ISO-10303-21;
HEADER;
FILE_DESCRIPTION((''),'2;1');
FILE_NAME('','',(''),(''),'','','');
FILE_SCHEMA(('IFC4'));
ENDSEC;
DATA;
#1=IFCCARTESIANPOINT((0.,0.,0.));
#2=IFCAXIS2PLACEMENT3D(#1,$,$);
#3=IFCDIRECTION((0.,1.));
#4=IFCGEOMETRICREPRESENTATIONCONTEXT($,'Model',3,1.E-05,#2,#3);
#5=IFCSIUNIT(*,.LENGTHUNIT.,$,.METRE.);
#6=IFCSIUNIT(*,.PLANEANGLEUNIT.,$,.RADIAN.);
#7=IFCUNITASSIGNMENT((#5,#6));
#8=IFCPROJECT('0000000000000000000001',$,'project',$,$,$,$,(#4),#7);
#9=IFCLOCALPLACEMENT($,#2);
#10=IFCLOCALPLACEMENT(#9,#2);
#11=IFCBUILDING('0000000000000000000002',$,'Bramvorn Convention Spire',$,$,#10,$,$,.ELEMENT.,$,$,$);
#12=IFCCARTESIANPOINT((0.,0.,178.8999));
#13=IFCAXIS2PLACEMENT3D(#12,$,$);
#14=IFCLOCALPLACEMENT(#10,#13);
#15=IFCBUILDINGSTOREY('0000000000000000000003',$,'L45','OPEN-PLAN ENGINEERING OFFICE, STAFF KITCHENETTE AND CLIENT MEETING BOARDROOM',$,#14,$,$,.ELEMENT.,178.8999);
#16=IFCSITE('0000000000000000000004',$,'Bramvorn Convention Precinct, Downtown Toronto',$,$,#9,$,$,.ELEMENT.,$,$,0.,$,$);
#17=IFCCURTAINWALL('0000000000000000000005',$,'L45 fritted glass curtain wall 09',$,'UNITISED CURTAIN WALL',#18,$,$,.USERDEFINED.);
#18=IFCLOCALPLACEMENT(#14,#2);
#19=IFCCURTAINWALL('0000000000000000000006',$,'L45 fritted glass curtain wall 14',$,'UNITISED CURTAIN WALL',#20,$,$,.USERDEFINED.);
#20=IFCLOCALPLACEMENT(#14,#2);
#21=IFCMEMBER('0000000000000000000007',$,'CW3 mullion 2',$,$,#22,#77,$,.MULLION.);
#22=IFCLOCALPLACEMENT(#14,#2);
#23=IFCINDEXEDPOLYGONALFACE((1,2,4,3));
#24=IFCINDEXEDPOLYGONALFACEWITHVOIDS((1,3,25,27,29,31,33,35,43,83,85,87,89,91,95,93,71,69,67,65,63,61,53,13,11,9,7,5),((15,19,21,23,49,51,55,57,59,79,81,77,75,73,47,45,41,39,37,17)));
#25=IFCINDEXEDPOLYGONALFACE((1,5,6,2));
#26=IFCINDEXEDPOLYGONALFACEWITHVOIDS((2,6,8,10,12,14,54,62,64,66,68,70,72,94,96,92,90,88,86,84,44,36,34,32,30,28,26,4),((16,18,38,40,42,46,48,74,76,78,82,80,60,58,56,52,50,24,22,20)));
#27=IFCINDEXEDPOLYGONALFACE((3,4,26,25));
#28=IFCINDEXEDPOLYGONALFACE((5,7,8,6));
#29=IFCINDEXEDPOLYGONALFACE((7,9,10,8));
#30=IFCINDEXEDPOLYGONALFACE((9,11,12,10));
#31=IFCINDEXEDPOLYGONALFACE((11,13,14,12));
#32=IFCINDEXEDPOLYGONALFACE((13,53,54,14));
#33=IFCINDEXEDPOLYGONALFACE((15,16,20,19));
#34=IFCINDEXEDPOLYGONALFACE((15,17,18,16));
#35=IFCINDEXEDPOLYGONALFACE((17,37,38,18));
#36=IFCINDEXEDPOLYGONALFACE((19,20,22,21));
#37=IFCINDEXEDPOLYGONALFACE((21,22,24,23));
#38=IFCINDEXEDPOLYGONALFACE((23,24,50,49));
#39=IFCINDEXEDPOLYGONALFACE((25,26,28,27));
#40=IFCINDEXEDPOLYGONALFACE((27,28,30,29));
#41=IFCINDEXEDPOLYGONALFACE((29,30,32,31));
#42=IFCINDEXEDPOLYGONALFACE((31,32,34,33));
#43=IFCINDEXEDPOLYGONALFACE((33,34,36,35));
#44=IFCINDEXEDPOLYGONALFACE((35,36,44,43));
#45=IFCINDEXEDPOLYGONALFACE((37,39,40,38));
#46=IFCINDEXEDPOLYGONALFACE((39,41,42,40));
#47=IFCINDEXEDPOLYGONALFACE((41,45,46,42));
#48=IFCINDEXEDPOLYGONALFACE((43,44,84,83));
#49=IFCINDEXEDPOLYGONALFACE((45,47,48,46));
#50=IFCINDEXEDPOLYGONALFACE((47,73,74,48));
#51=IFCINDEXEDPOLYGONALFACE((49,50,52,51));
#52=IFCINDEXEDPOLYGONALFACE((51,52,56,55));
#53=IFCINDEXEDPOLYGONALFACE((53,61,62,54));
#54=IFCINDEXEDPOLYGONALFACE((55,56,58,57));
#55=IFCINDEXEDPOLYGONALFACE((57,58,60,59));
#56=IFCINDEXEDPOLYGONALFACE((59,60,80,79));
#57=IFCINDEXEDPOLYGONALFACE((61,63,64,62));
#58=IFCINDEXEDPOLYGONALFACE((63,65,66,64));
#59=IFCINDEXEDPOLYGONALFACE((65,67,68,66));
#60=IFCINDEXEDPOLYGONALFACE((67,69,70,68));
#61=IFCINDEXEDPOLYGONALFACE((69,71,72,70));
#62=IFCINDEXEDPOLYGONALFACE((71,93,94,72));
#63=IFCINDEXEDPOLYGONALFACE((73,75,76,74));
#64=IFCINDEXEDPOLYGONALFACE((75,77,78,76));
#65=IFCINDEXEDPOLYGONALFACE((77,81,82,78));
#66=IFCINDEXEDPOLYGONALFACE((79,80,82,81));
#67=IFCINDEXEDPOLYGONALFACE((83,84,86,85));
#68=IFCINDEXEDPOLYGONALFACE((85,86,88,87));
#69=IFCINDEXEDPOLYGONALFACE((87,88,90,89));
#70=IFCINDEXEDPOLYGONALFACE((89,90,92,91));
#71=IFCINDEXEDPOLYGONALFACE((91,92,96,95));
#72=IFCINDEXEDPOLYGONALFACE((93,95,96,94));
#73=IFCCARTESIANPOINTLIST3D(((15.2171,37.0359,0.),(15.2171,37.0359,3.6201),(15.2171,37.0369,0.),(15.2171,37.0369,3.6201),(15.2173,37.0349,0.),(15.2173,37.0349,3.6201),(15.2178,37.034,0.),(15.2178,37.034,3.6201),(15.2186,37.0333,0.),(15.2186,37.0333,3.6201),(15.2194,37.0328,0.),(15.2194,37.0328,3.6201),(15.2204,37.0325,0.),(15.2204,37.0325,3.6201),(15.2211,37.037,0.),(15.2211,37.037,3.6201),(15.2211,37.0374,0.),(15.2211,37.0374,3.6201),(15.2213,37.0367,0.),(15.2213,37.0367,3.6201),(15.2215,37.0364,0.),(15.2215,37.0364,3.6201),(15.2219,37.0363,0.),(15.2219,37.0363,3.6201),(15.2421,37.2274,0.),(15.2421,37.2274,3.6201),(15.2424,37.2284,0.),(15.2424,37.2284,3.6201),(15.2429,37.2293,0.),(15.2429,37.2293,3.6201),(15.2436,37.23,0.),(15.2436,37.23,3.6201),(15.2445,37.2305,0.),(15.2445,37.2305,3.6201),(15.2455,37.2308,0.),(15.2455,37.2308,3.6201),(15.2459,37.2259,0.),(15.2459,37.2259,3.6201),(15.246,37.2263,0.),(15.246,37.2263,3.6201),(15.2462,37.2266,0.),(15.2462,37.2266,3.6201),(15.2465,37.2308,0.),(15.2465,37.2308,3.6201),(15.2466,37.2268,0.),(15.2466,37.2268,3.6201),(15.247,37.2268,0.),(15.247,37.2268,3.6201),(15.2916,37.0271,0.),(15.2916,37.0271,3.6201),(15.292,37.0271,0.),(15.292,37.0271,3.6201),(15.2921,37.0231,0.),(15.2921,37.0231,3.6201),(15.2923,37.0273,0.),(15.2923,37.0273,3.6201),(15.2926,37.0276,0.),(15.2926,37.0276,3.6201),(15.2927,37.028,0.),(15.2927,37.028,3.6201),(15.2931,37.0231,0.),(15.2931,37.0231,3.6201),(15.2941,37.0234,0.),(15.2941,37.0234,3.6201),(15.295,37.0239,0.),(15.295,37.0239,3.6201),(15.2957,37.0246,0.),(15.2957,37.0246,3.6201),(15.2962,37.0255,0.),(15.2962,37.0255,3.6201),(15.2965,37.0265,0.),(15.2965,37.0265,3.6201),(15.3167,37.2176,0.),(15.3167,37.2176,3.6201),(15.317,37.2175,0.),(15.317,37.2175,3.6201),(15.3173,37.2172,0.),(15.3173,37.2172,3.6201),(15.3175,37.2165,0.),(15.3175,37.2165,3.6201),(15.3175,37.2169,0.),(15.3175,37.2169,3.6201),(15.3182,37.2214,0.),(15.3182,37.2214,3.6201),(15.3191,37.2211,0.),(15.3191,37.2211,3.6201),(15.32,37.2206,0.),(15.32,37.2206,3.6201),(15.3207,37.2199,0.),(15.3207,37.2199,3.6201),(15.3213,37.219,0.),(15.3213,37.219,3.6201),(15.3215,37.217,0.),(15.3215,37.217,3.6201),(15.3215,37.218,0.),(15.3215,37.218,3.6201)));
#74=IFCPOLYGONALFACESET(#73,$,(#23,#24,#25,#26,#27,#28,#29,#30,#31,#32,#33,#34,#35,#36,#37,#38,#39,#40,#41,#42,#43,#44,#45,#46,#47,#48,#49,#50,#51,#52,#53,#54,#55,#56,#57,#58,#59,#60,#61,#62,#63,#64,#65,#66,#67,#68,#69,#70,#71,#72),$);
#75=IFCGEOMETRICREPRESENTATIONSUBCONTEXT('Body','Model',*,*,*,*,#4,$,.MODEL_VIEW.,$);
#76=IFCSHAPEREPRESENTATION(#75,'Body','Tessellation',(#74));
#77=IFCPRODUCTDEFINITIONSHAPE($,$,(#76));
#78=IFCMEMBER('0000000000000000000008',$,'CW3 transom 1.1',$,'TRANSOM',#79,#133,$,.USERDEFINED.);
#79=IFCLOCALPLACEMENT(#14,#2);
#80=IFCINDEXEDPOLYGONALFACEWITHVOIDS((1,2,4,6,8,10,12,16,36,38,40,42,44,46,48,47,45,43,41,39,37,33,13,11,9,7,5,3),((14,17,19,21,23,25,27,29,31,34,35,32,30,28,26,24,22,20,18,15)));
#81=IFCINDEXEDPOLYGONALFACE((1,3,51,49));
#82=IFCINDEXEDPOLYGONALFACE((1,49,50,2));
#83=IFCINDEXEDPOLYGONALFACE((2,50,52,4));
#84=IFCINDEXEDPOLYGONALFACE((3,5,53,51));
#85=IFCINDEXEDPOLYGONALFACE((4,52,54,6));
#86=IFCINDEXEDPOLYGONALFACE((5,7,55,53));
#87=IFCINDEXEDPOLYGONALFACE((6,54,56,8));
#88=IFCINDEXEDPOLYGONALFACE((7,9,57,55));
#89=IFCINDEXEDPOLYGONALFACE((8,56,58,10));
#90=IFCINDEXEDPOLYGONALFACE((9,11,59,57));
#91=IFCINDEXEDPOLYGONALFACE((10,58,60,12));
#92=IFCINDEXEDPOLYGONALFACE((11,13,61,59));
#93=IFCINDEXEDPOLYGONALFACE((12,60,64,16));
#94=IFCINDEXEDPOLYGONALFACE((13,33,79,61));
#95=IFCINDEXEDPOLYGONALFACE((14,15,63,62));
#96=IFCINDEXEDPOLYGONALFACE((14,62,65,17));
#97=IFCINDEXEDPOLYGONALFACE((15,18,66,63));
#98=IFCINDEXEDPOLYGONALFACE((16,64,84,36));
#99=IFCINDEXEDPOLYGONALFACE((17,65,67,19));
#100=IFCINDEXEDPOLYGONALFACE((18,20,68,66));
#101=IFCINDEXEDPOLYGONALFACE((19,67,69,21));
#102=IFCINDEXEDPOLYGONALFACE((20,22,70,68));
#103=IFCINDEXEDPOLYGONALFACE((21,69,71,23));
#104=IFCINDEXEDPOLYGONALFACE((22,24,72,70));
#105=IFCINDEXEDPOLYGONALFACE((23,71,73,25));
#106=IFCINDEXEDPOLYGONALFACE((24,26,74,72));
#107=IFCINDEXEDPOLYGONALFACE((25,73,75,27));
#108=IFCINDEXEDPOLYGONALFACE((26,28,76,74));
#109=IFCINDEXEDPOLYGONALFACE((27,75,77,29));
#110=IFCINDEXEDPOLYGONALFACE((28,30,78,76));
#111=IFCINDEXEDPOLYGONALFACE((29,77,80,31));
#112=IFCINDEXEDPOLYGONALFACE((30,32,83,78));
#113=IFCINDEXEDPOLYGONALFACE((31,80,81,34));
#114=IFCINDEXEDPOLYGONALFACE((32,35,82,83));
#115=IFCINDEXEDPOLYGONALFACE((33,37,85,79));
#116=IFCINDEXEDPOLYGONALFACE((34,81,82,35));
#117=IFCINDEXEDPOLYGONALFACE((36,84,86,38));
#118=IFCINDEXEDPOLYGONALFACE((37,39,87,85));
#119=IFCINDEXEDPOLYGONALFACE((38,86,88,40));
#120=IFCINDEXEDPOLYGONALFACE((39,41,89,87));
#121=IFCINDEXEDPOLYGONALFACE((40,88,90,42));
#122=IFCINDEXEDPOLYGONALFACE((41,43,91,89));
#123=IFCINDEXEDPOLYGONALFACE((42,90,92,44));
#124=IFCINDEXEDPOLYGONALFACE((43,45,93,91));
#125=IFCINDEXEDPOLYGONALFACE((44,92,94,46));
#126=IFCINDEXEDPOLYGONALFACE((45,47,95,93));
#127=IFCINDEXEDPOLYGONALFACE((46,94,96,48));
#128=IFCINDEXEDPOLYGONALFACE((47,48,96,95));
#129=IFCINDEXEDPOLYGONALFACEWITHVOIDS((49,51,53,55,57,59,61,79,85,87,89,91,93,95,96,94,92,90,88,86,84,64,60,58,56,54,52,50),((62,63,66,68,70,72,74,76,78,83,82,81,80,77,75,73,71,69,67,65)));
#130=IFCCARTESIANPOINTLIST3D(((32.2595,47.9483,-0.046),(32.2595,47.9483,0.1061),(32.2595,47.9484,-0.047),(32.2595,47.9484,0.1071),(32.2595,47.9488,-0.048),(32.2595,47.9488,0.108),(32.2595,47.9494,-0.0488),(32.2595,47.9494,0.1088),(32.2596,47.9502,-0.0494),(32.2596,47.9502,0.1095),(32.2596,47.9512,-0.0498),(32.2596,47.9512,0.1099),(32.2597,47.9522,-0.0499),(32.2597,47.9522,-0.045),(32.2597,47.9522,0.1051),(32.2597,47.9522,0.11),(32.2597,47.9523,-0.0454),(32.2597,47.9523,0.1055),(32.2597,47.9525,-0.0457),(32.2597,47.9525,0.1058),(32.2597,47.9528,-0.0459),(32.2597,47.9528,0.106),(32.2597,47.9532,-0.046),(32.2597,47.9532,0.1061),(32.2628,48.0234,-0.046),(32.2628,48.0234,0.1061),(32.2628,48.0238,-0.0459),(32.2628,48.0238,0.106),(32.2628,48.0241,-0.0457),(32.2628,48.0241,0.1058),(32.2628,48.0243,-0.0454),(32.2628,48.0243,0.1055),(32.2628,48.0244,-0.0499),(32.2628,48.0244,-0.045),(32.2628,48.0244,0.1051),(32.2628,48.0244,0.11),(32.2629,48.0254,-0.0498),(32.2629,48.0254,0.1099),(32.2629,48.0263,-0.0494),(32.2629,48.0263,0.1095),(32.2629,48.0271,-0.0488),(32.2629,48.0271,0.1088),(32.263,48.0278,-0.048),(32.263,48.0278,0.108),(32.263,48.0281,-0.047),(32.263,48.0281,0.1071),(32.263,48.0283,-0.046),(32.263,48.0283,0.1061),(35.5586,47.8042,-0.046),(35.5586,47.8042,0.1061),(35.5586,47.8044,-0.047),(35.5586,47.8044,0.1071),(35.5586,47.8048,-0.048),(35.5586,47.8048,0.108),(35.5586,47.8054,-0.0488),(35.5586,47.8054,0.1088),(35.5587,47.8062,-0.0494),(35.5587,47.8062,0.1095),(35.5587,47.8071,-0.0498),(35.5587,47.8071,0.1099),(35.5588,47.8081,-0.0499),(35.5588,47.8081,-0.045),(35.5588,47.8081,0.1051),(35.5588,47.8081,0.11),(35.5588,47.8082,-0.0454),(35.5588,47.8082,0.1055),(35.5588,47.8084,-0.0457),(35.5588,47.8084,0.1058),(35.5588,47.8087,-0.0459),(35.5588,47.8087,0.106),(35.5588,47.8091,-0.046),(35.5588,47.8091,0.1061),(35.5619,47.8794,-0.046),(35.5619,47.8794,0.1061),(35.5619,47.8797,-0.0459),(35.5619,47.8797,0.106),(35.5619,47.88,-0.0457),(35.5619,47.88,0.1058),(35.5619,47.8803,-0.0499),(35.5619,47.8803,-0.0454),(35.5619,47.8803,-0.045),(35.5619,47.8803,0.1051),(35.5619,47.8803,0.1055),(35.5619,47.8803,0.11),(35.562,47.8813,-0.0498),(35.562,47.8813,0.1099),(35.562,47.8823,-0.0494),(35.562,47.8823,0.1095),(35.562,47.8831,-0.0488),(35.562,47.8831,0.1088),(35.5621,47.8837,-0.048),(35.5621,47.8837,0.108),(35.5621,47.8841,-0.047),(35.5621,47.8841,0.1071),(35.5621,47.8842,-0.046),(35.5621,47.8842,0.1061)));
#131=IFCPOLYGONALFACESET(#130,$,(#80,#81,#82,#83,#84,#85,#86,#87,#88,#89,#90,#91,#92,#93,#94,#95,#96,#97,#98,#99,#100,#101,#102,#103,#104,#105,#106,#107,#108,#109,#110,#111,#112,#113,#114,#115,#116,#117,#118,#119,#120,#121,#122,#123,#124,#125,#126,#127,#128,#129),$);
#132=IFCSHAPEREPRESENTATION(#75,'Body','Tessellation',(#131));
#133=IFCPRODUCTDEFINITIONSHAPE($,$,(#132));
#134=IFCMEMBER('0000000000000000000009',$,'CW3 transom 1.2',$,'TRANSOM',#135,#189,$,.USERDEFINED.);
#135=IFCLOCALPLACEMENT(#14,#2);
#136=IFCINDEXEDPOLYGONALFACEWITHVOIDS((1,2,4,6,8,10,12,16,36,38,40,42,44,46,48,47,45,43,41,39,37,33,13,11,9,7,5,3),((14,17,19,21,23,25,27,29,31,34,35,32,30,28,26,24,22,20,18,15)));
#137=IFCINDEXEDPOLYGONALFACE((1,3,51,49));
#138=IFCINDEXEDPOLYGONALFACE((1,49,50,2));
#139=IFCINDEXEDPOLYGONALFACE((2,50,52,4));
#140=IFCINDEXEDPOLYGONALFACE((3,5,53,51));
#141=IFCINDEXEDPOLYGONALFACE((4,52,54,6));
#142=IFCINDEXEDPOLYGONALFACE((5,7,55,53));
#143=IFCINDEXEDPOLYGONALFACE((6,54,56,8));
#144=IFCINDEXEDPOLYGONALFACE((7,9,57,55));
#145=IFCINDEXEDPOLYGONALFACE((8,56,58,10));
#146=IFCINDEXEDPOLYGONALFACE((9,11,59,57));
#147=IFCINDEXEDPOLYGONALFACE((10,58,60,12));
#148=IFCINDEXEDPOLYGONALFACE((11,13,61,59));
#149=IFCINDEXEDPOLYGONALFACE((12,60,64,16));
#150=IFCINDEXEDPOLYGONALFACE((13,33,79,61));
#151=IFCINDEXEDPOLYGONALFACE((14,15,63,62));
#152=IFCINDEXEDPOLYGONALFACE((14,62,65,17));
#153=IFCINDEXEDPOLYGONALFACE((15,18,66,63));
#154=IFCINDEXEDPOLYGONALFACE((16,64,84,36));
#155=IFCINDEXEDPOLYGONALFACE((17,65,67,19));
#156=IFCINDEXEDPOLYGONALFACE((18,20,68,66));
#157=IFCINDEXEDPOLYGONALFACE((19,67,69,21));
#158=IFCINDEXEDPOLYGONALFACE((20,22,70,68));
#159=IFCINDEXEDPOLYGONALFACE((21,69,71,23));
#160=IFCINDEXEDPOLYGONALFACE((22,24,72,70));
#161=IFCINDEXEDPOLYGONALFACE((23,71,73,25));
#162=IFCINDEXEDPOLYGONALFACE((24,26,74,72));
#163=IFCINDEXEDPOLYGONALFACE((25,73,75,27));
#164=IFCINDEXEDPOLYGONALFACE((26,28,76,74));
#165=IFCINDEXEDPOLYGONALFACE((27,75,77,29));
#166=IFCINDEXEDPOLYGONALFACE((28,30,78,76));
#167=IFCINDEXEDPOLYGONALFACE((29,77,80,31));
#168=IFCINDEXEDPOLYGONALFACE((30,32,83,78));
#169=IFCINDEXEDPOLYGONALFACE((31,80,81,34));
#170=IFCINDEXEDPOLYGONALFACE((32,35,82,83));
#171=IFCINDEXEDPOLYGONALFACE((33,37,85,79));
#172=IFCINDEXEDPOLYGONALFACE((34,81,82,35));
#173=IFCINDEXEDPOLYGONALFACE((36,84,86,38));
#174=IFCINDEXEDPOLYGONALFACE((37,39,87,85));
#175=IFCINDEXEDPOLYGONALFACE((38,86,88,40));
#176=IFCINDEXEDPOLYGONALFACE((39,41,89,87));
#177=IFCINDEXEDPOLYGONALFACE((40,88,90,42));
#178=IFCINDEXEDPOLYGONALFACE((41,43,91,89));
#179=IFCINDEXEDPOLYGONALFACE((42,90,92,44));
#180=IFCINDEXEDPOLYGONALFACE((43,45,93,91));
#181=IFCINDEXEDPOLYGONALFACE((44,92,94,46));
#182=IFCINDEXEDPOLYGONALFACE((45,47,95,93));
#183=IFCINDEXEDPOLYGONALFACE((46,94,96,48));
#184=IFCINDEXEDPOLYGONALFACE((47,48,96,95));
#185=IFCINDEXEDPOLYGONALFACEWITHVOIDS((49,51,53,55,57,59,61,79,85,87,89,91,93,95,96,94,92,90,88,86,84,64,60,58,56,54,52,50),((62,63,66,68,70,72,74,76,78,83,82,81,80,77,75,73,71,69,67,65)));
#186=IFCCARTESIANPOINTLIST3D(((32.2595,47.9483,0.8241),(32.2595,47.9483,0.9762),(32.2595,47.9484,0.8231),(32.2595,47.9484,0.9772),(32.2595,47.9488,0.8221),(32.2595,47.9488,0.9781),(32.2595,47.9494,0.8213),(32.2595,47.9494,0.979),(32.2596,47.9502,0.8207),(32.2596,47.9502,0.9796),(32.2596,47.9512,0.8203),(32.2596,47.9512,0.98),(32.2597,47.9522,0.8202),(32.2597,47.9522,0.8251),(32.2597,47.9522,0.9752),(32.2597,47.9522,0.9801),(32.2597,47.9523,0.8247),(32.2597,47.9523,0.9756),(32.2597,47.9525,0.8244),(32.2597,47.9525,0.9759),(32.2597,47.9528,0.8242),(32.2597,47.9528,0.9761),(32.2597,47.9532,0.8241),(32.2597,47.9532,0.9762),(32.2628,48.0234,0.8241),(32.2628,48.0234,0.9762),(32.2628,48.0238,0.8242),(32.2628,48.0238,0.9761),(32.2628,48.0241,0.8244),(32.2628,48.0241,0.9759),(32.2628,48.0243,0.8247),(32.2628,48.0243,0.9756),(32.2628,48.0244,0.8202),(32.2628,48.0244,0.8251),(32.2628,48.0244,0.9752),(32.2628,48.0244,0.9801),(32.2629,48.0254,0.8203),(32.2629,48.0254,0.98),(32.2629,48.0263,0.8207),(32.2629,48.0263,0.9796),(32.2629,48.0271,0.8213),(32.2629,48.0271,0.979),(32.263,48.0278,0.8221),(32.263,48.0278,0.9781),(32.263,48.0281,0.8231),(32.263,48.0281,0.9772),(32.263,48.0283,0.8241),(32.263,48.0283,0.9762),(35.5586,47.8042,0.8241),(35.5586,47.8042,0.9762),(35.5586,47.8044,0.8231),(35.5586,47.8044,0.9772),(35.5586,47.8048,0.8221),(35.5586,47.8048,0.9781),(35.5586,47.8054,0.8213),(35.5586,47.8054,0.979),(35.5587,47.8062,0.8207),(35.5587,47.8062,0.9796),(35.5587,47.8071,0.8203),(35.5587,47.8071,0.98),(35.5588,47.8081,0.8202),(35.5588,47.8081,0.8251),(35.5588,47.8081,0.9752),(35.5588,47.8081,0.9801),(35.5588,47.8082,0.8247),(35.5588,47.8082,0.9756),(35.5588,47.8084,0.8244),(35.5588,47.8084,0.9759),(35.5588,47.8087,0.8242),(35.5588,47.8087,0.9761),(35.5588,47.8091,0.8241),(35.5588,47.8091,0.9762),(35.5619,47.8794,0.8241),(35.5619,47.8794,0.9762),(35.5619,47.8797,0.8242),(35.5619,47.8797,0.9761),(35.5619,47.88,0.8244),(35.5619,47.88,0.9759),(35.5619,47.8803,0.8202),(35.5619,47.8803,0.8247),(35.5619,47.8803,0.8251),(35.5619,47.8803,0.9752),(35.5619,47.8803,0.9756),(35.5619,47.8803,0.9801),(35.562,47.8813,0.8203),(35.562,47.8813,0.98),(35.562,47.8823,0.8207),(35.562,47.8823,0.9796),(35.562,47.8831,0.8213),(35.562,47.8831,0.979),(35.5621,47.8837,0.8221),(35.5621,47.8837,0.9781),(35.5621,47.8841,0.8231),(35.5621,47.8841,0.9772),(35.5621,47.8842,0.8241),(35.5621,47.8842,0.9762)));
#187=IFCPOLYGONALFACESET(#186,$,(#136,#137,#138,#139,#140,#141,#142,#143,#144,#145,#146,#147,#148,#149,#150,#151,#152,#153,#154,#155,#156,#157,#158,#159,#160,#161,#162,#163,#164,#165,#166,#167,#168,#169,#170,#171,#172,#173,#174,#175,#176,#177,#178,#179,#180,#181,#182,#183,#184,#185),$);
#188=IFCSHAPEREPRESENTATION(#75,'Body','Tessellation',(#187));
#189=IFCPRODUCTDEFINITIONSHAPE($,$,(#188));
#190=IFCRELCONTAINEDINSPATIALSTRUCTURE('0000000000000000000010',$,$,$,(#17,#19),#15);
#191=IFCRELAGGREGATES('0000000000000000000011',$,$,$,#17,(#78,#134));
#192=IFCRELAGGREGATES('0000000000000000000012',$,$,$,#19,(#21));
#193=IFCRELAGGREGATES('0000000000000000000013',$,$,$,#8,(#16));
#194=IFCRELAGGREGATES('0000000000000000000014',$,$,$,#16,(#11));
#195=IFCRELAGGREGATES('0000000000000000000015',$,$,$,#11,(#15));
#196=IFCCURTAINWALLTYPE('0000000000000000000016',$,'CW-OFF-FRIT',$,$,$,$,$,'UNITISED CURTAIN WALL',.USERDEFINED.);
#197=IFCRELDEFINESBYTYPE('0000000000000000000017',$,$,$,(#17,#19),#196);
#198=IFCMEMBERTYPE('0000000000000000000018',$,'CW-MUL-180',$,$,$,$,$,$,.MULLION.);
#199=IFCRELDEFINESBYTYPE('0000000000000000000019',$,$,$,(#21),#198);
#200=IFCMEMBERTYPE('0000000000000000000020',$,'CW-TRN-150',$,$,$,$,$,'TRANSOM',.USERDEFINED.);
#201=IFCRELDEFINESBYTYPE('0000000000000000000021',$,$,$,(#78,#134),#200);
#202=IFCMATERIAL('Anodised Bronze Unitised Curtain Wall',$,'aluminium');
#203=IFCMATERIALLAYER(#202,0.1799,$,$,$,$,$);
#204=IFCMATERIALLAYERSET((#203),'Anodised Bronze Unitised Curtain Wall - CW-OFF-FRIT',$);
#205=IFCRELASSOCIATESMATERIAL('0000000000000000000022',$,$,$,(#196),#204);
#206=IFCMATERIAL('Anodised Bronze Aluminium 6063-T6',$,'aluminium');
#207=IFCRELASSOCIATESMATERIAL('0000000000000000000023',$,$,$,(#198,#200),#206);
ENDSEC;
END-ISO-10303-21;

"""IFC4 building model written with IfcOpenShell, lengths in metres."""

from ifc_helpers import new_model, si_unit, direction, frame, origin, origin_2d, place, context, subcontext, project, spatial, hollow_rectangle, extrude, material, layer, layer_set, material_profile, profile_set, type_object, element, aggregate, save


model = new_model("IFC4")

# Units and contexts
model_context = context("Model", 3, precision=1e-05, world=origin(), true_north=direction((0.0, 1.0)))
body_context = subcontext(model_context, "Body", "Model", "MODEL_VIEW")
ifc_project = project(units=[si_unit("LENGTHUNIT", "METRE"), si_unit("PLANEANGLEUNIT", "RADIAN")], contexts=[model_context])

# Site, building, storey
site_placement = place(None, origin())
site = spatial("IfcSite", under=ifc_project, at=site_placement, Name="Bramvorn Convention Precinct, Downtown Toronto", CompositionType="ELEMENT", RefElevation=0.0)
building_placement = place(site_placement, origin())
building = spatial("IfcBuilding", under=site, at=building_placement, Name="Bramvorn Convention Spire", CompositionType="ELEMENT")
storey_placement = place(building_placement, frame((0.0, 0.0, 178.8999)))
storey = spatial("IfcBuildingStorey", under=building, at=storey_placement, Name="L45", Description="OPEN-PLAN ENGINEERING OFFICE, STAFF KITCHENETTE AND CLIENT MEETING BOARDROOM", CompositionType="ELEMENT", Elevation=178.8999)

# Curtain walls, member
ifc_material_1 = material(Name="Anodised Bronze Unitised Curtain Wall", Category="aluminium")
ifc_layer_1 = layer(ifc_material_1, 0.1799)
ifc_layer_set_1 = layer_set([ifc_layer_1], Name="Anodised Bronze Unitised Curtain Wall - CW-OFF-FRIT")
curtain_wall_type = type_object("IfcCurtainWallType", Name="CW-OFF-FRIT", ElementType="UNITISED CURTAIN WALL", PredefinedType="USERDEFINED", material=ifc_layer_set_1)
curtain_wall_1_placement = place(storey_placement, origin())
curtain_wall_1 = element("IfcCurtainWall", 1, at=curtain_wall_1_placement, inside=storey, type_object=curtain_wall_type, Name="L45 fritted glass curtain wall 09", ObjectType="UNITISED CURTAIN WALL", PredefinedType="USERDEFINED")
ifc_material_2 = material(Name="Anodised Bronze Aluminium 6063-T6", Category="aluminium")
ifc_material_profile_1 = material_profile(ifc_material_2, hollow_rectangle(XDim=0.0801, YDim=0.2, WallThickness=0.0039, InnerFilletRadius=0.001, OuterFilletRadius=0.0039, at=origin_2d()))
ifc_profile_set_1 = profile_set([ifc_material_profile_1], Name="Anodised Bronze Aluminium 6063-T6 - CWM80X200")
member_type_1 = type_object("IfcMemberType", Name="CW-MUL-180", PredefinedType="MULLION", material=ifc_profile_set_1)
curtain_wall_2_placement = place(storey_placement, origin())
curtain_wall_2 = element("IfcCurtainWall", 2, at=curtain_wall_2_placement, inside=storey, type_object=curtain_wall_type, Name="L45 fritted glass curtain wall 14", ObjectType="UNITISED CURTAIN WALL", PredefinedType="USERDEFINED")
member_1_placement = place(storey_placement, frame((15.2693, 37.127, 0.0), z_axis=(0.0, 0.0, 1.0), x_axis=(-0.991454, 0.13046, 0.0)))
member_1 = element("IfcMember", 3, at=member_1_placement, type_object=member_type_1, Name="CW3 mullion 2", PredefinedType="MULLION", context=body_context, shape_type="SweptSolid", body=[
    extrude(hollow_rectangle(XDim=0.0801, YDim=0.2, WallThickness=0.0039, InnerFilletRadius=0.001, OuterFilletRadius=0.0039, at=origin_2d()), origin(), (0.0, 0.0, 1.0), 3.6201),
])

# Members
ifc_material_profile_2 = material_profile(ifc_material_2, hollow_rectangle(XDim=0.0801, YDim=0.1599, WallThickness=0.0039, InnerFilletRadius=0.001, OuterFilletRadius=0.0039, at=origin_2d()))
ifc_profile_set_2 = profile_set([ifc_material_profile_2], Name="Anodised Bronze Aluminium 6063-T6 - CWT80X160")
member_type_2 = type_object("IfcMemberType", Name="CW-TRN-150", ElementType="TRANSOM", PredefinedType="USERDEFINED", material=ifc_profile_set_2)
member_2_placement = place(storey_placement, frame((32.2612, 47.9883, 0.03), z_axis=(0.999048, -0.04362, 0.0), x_axis=(0.04362, 0.999048, 0.0)))
member_2 = element("IfcMember", 4, at=member_2_placement, type_object=member_type_2, Name="CW3 transom 1.1", ObjectType="TRANSOM", PredefinedType="USERDEFINED", context=body_context, shape_type="SweptSolid", body=[
    extrude(hollow_rectangle(XDim=0.0801, YDim=0.1599, WallThickness=0.0039, InnerFilletRadius=0.001, OuterFilletRadius=0.0039, at=origin_2d()), origin(), (0.0, 0.0, 1.0), 3.3022),
])
member_3_placement = place(storey_placement, frame((32.2612, 47.9883, 0.9001), z_axis=(0.999048, -0.04362, 0.0), x_axis=(0.04362, 0.999048, 0.0)))
member_3 = element("IfcMember", 5, at=member_3_placement, type_object=member_type_2, Name="CW3 transom 1.2", ObjectType="TRANSOM", PredefinedType="USERDEFINED", context=body_context, shape_type="SweptSolid", body=[
    extrude(hollow_rectangle(XDim=0.0801, YDim=0.1599, WallThickness=0.0039, InnerFilletRadius=0.001, OuterFilletRadius=0.0039, at=origin_2d()), origin(), (0.0, 0.0, 1.0), 3.3022),
])

aggregate(curtain_wall_1, [member_2, member_3])
aggregate(curtain_wall_2, [member_1])

save(model, "model.ifc")
